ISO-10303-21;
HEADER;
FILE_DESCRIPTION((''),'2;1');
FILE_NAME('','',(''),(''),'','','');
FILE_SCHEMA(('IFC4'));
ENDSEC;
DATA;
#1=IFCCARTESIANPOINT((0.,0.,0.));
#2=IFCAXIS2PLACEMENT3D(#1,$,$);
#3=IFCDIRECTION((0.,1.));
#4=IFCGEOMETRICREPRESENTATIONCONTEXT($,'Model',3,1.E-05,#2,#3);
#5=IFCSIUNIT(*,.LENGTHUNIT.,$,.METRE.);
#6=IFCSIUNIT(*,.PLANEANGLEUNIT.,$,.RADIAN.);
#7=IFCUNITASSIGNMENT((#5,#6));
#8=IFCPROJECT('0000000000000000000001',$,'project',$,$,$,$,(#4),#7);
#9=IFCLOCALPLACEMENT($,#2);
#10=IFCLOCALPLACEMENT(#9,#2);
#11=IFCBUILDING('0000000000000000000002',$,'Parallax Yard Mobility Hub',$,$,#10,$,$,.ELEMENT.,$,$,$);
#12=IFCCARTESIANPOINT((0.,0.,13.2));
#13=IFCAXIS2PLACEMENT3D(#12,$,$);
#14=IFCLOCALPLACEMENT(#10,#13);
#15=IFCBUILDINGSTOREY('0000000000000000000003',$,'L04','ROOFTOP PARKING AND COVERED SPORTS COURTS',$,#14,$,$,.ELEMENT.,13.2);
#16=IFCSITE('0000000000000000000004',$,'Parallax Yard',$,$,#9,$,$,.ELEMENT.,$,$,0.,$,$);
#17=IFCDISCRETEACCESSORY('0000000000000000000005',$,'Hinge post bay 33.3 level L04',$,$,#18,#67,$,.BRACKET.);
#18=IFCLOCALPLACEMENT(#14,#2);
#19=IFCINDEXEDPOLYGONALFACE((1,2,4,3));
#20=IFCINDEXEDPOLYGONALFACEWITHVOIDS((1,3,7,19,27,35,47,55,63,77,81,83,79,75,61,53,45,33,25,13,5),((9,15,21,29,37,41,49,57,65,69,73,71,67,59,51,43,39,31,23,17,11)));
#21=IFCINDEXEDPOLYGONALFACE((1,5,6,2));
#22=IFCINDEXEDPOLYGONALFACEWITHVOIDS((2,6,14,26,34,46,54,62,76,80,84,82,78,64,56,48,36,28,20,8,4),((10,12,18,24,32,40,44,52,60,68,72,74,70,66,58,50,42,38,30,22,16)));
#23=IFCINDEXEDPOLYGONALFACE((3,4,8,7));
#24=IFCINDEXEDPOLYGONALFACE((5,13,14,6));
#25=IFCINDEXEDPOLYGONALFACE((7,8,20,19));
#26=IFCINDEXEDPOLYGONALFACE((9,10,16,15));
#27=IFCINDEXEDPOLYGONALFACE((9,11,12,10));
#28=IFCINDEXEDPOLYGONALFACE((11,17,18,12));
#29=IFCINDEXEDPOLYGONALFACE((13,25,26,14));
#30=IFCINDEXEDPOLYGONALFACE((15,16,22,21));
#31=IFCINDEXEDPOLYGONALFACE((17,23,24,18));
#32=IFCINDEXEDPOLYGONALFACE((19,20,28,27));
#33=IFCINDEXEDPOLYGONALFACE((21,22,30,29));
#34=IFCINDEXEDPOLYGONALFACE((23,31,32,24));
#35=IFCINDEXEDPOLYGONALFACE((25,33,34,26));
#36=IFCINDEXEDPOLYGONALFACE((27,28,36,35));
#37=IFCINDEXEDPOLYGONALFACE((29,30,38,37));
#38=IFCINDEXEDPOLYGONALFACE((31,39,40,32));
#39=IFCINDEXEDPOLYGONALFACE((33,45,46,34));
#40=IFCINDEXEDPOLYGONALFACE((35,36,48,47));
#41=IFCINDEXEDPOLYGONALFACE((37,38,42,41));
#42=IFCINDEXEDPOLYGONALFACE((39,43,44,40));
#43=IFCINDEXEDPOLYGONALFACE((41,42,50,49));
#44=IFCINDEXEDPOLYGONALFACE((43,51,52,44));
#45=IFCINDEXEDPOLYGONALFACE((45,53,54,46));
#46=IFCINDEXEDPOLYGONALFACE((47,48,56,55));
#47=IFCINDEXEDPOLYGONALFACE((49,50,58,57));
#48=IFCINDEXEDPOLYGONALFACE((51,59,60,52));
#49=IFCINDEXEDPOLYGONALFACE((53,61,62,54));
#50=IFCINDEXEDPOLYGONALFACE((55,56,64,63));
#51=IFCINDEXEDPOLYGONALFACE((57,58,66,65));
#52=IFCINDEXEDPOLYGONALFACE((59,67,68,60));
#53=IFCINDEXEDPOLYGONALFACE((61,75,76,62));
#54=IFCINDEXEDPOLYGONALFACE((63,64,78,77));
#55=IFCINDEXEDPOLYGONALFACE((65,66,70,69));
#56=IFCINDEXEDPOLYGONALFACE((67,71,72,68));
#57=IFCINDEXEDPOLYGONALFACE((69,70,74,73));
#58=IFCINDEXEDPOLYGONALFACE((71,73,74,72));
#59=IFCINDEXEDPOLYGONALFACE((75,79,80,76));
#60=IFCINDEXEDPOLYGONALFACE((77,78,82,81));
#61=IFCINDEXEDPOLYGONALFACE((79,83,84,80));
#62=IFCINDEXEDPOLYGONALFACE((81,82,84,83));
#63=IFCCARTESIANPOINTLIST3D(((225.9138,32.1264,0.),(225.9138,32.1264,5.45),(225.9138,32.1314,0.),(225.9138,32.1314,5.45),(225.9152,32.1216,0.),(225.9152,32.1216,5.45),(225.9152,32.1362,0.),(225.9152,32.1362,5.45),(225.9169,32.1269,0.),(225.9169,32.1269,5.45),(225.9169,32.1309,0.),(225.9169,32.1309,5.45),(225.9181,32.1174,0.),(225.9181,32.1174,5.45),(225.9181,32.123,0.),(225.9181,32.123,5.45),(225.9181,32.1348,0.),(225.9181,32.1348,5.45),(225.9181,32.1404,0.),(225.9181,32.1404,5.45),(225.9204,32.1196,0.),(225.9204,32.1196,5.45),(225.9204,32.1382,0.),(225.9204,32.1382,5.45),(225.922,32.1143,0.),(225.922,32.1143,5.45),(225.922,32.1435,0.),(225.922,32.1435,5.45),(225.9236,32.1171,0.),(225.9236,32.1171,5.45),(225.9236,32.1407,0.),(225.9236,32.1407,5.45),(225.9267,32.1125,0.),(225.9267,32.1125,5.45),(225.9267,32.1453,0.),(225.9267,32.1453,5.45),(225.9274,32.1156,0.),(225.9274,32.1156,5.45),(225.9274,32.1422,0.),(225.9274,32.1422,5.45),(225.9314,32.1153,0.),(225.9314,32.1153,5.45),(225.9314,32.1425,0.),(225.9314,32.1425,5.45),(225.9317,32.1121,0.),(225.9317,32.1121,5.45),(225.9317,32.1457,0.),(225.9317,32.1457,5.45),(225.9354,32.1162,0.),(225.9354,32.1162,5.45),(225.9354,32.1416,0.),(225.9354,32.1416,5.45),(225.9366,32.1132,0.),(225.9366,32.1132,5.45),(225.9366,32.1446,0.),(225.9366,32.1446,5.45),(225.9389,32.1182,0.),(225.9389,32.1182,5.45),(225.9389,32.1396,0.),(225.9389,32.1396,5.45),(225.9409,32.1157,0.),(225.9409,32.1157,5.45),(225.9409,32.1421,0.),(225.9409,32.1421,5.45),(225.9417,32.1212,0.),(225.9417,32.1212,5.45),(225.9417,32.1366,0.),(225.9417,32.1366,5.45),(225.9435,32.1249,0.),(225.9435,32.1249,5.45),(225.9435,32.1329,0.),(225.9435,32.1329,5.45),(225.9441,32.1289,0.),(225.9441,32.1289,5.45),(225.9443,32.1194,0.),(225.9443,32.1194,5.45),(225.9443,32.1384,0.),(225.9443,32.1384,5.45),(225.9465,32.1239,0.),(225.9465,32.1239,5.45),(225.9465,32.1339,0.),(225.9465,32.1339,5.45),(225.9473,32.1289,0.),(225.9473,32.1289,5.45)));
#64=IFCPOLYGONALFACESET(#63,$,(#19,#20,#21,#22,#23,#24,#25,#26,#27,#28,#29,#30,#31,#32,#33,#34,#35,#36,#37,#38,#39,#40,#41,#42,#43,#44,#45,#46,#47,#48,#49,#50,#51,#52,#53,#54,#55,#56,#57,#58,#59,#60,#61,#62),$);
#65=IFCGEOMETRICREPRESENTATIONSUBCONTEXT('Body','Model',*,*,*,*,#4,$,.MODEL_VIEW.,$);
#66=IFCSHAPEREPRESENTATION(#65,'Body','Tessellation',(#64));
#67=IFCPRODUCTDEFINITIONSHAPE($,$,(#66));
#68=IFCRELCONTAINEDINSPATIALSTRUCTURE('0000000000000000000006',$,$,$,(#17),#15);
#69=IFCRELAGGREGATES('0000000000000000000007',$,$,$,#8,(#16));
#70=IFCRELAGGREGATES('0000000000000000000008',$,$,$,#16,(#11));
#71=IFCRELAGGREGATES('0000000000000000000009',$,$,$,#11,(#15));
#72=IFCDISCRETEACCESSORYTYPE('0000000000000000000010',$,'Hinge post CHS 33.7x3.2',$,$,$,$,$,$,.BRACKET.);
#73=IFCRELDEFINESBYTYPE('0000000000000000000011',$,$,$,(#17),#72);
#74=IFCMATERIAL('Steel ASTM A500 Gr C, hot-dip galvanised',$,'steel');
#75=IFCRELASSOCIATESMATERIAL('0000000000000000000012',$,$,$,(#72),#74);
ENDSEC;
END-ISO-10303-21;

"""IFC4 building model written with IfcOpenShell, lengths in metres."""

from ifc_helpers import new_model, si_unit, direction, frame, origin, origin_2d, place, context, subcontext, project, spatial, hollow_circle, extrude, material, material_profile, profile_set, type_object, element, save


model = new_model("IFC4")

# Units and contexts
model_context = context("Model", 3, precision=1e-05, world=origin(), true_north=direction((0.0, 1.0)))
body_context = subcontext(model_context, "Body", "Model", "MODEL_VIEW")
ifc_project = project(units=[si_unit("LENGTHUNIT", "METRE"), si_unit("PLANEANGLEUNIT", "RADIAN")], contexts=[model_context])

# Site, building, storey
site_placement = place(None, origin())
site = spatial("IfcSite", under=ifc_project, at=site_placement, Name="Parallax Yard", CompositionType="ELEMENT", RefElevation=0.0)
building_placement = place(site_placement, origin())
building = spatial("IfcBuilding", under=site, at=building_placement, Name="Parallax Yard Mobility Hub", CompositionType="ELEMENT")
storey_placement = place(building_placement, frame((0.0, 0.0, 13.2)))
storey = spatial("IfcBuildingStorey", under=building, at=storey_placement, Name="L04", Description="ROOFTOP PARKING AND COVERED SPORTS COURTS", CompositionType="ELEMENT", Elevation=13.2)

# Discrete accessory
ifc_material_1 = material(Name="Steel ASTM A500 Gr C, hot-dip galvanised", Category="steel")
ifc_material_profile_1 = material_profile(ifc_material_1, hollow_circle(Radius=0.0168, WallThickness=0.0032, at=origin_2d()), Name="CHS 33.7x3.2")
ifc_profile_set_1 = profile_set([ifc_material_profile_1], Name="Steel ASTM A500 Gr C, hot-dip galvanised")
discrete_accessory_type_1 = type_object("IfcDiscreteAccessoryType", Name="Hinge post CHS 33.7x3.2", PredefinedType="BRACKET", material=ifc_profile_set_1)
for number, where, z_axis, x_axis, name in (
    (1, (225.9304, 32.1289, 0.0), (0.0, 0.0, 1.0), (1.0, 0.0, 0.0), "Hinge post bay 33.3 level L04"),
):
    element("IfcDiscreteAccessory", number, at=place(storey_placement, frame(where, z_axis=z_axis, x_axis=x_axis)), inside=storey, type_object=discrete_accessory_type_1, Name=name, PredefinedType="BRACKET", context=body_context, shape_type="SweptSolid", body=[
        extrude(hollow_circle(Radius=0.0168, WallThickness=0.0032, at=origin_2d()), origin(), (0.0, 0.0, 1.0), 5.45),
    ])

save(model, "model.ifc")
